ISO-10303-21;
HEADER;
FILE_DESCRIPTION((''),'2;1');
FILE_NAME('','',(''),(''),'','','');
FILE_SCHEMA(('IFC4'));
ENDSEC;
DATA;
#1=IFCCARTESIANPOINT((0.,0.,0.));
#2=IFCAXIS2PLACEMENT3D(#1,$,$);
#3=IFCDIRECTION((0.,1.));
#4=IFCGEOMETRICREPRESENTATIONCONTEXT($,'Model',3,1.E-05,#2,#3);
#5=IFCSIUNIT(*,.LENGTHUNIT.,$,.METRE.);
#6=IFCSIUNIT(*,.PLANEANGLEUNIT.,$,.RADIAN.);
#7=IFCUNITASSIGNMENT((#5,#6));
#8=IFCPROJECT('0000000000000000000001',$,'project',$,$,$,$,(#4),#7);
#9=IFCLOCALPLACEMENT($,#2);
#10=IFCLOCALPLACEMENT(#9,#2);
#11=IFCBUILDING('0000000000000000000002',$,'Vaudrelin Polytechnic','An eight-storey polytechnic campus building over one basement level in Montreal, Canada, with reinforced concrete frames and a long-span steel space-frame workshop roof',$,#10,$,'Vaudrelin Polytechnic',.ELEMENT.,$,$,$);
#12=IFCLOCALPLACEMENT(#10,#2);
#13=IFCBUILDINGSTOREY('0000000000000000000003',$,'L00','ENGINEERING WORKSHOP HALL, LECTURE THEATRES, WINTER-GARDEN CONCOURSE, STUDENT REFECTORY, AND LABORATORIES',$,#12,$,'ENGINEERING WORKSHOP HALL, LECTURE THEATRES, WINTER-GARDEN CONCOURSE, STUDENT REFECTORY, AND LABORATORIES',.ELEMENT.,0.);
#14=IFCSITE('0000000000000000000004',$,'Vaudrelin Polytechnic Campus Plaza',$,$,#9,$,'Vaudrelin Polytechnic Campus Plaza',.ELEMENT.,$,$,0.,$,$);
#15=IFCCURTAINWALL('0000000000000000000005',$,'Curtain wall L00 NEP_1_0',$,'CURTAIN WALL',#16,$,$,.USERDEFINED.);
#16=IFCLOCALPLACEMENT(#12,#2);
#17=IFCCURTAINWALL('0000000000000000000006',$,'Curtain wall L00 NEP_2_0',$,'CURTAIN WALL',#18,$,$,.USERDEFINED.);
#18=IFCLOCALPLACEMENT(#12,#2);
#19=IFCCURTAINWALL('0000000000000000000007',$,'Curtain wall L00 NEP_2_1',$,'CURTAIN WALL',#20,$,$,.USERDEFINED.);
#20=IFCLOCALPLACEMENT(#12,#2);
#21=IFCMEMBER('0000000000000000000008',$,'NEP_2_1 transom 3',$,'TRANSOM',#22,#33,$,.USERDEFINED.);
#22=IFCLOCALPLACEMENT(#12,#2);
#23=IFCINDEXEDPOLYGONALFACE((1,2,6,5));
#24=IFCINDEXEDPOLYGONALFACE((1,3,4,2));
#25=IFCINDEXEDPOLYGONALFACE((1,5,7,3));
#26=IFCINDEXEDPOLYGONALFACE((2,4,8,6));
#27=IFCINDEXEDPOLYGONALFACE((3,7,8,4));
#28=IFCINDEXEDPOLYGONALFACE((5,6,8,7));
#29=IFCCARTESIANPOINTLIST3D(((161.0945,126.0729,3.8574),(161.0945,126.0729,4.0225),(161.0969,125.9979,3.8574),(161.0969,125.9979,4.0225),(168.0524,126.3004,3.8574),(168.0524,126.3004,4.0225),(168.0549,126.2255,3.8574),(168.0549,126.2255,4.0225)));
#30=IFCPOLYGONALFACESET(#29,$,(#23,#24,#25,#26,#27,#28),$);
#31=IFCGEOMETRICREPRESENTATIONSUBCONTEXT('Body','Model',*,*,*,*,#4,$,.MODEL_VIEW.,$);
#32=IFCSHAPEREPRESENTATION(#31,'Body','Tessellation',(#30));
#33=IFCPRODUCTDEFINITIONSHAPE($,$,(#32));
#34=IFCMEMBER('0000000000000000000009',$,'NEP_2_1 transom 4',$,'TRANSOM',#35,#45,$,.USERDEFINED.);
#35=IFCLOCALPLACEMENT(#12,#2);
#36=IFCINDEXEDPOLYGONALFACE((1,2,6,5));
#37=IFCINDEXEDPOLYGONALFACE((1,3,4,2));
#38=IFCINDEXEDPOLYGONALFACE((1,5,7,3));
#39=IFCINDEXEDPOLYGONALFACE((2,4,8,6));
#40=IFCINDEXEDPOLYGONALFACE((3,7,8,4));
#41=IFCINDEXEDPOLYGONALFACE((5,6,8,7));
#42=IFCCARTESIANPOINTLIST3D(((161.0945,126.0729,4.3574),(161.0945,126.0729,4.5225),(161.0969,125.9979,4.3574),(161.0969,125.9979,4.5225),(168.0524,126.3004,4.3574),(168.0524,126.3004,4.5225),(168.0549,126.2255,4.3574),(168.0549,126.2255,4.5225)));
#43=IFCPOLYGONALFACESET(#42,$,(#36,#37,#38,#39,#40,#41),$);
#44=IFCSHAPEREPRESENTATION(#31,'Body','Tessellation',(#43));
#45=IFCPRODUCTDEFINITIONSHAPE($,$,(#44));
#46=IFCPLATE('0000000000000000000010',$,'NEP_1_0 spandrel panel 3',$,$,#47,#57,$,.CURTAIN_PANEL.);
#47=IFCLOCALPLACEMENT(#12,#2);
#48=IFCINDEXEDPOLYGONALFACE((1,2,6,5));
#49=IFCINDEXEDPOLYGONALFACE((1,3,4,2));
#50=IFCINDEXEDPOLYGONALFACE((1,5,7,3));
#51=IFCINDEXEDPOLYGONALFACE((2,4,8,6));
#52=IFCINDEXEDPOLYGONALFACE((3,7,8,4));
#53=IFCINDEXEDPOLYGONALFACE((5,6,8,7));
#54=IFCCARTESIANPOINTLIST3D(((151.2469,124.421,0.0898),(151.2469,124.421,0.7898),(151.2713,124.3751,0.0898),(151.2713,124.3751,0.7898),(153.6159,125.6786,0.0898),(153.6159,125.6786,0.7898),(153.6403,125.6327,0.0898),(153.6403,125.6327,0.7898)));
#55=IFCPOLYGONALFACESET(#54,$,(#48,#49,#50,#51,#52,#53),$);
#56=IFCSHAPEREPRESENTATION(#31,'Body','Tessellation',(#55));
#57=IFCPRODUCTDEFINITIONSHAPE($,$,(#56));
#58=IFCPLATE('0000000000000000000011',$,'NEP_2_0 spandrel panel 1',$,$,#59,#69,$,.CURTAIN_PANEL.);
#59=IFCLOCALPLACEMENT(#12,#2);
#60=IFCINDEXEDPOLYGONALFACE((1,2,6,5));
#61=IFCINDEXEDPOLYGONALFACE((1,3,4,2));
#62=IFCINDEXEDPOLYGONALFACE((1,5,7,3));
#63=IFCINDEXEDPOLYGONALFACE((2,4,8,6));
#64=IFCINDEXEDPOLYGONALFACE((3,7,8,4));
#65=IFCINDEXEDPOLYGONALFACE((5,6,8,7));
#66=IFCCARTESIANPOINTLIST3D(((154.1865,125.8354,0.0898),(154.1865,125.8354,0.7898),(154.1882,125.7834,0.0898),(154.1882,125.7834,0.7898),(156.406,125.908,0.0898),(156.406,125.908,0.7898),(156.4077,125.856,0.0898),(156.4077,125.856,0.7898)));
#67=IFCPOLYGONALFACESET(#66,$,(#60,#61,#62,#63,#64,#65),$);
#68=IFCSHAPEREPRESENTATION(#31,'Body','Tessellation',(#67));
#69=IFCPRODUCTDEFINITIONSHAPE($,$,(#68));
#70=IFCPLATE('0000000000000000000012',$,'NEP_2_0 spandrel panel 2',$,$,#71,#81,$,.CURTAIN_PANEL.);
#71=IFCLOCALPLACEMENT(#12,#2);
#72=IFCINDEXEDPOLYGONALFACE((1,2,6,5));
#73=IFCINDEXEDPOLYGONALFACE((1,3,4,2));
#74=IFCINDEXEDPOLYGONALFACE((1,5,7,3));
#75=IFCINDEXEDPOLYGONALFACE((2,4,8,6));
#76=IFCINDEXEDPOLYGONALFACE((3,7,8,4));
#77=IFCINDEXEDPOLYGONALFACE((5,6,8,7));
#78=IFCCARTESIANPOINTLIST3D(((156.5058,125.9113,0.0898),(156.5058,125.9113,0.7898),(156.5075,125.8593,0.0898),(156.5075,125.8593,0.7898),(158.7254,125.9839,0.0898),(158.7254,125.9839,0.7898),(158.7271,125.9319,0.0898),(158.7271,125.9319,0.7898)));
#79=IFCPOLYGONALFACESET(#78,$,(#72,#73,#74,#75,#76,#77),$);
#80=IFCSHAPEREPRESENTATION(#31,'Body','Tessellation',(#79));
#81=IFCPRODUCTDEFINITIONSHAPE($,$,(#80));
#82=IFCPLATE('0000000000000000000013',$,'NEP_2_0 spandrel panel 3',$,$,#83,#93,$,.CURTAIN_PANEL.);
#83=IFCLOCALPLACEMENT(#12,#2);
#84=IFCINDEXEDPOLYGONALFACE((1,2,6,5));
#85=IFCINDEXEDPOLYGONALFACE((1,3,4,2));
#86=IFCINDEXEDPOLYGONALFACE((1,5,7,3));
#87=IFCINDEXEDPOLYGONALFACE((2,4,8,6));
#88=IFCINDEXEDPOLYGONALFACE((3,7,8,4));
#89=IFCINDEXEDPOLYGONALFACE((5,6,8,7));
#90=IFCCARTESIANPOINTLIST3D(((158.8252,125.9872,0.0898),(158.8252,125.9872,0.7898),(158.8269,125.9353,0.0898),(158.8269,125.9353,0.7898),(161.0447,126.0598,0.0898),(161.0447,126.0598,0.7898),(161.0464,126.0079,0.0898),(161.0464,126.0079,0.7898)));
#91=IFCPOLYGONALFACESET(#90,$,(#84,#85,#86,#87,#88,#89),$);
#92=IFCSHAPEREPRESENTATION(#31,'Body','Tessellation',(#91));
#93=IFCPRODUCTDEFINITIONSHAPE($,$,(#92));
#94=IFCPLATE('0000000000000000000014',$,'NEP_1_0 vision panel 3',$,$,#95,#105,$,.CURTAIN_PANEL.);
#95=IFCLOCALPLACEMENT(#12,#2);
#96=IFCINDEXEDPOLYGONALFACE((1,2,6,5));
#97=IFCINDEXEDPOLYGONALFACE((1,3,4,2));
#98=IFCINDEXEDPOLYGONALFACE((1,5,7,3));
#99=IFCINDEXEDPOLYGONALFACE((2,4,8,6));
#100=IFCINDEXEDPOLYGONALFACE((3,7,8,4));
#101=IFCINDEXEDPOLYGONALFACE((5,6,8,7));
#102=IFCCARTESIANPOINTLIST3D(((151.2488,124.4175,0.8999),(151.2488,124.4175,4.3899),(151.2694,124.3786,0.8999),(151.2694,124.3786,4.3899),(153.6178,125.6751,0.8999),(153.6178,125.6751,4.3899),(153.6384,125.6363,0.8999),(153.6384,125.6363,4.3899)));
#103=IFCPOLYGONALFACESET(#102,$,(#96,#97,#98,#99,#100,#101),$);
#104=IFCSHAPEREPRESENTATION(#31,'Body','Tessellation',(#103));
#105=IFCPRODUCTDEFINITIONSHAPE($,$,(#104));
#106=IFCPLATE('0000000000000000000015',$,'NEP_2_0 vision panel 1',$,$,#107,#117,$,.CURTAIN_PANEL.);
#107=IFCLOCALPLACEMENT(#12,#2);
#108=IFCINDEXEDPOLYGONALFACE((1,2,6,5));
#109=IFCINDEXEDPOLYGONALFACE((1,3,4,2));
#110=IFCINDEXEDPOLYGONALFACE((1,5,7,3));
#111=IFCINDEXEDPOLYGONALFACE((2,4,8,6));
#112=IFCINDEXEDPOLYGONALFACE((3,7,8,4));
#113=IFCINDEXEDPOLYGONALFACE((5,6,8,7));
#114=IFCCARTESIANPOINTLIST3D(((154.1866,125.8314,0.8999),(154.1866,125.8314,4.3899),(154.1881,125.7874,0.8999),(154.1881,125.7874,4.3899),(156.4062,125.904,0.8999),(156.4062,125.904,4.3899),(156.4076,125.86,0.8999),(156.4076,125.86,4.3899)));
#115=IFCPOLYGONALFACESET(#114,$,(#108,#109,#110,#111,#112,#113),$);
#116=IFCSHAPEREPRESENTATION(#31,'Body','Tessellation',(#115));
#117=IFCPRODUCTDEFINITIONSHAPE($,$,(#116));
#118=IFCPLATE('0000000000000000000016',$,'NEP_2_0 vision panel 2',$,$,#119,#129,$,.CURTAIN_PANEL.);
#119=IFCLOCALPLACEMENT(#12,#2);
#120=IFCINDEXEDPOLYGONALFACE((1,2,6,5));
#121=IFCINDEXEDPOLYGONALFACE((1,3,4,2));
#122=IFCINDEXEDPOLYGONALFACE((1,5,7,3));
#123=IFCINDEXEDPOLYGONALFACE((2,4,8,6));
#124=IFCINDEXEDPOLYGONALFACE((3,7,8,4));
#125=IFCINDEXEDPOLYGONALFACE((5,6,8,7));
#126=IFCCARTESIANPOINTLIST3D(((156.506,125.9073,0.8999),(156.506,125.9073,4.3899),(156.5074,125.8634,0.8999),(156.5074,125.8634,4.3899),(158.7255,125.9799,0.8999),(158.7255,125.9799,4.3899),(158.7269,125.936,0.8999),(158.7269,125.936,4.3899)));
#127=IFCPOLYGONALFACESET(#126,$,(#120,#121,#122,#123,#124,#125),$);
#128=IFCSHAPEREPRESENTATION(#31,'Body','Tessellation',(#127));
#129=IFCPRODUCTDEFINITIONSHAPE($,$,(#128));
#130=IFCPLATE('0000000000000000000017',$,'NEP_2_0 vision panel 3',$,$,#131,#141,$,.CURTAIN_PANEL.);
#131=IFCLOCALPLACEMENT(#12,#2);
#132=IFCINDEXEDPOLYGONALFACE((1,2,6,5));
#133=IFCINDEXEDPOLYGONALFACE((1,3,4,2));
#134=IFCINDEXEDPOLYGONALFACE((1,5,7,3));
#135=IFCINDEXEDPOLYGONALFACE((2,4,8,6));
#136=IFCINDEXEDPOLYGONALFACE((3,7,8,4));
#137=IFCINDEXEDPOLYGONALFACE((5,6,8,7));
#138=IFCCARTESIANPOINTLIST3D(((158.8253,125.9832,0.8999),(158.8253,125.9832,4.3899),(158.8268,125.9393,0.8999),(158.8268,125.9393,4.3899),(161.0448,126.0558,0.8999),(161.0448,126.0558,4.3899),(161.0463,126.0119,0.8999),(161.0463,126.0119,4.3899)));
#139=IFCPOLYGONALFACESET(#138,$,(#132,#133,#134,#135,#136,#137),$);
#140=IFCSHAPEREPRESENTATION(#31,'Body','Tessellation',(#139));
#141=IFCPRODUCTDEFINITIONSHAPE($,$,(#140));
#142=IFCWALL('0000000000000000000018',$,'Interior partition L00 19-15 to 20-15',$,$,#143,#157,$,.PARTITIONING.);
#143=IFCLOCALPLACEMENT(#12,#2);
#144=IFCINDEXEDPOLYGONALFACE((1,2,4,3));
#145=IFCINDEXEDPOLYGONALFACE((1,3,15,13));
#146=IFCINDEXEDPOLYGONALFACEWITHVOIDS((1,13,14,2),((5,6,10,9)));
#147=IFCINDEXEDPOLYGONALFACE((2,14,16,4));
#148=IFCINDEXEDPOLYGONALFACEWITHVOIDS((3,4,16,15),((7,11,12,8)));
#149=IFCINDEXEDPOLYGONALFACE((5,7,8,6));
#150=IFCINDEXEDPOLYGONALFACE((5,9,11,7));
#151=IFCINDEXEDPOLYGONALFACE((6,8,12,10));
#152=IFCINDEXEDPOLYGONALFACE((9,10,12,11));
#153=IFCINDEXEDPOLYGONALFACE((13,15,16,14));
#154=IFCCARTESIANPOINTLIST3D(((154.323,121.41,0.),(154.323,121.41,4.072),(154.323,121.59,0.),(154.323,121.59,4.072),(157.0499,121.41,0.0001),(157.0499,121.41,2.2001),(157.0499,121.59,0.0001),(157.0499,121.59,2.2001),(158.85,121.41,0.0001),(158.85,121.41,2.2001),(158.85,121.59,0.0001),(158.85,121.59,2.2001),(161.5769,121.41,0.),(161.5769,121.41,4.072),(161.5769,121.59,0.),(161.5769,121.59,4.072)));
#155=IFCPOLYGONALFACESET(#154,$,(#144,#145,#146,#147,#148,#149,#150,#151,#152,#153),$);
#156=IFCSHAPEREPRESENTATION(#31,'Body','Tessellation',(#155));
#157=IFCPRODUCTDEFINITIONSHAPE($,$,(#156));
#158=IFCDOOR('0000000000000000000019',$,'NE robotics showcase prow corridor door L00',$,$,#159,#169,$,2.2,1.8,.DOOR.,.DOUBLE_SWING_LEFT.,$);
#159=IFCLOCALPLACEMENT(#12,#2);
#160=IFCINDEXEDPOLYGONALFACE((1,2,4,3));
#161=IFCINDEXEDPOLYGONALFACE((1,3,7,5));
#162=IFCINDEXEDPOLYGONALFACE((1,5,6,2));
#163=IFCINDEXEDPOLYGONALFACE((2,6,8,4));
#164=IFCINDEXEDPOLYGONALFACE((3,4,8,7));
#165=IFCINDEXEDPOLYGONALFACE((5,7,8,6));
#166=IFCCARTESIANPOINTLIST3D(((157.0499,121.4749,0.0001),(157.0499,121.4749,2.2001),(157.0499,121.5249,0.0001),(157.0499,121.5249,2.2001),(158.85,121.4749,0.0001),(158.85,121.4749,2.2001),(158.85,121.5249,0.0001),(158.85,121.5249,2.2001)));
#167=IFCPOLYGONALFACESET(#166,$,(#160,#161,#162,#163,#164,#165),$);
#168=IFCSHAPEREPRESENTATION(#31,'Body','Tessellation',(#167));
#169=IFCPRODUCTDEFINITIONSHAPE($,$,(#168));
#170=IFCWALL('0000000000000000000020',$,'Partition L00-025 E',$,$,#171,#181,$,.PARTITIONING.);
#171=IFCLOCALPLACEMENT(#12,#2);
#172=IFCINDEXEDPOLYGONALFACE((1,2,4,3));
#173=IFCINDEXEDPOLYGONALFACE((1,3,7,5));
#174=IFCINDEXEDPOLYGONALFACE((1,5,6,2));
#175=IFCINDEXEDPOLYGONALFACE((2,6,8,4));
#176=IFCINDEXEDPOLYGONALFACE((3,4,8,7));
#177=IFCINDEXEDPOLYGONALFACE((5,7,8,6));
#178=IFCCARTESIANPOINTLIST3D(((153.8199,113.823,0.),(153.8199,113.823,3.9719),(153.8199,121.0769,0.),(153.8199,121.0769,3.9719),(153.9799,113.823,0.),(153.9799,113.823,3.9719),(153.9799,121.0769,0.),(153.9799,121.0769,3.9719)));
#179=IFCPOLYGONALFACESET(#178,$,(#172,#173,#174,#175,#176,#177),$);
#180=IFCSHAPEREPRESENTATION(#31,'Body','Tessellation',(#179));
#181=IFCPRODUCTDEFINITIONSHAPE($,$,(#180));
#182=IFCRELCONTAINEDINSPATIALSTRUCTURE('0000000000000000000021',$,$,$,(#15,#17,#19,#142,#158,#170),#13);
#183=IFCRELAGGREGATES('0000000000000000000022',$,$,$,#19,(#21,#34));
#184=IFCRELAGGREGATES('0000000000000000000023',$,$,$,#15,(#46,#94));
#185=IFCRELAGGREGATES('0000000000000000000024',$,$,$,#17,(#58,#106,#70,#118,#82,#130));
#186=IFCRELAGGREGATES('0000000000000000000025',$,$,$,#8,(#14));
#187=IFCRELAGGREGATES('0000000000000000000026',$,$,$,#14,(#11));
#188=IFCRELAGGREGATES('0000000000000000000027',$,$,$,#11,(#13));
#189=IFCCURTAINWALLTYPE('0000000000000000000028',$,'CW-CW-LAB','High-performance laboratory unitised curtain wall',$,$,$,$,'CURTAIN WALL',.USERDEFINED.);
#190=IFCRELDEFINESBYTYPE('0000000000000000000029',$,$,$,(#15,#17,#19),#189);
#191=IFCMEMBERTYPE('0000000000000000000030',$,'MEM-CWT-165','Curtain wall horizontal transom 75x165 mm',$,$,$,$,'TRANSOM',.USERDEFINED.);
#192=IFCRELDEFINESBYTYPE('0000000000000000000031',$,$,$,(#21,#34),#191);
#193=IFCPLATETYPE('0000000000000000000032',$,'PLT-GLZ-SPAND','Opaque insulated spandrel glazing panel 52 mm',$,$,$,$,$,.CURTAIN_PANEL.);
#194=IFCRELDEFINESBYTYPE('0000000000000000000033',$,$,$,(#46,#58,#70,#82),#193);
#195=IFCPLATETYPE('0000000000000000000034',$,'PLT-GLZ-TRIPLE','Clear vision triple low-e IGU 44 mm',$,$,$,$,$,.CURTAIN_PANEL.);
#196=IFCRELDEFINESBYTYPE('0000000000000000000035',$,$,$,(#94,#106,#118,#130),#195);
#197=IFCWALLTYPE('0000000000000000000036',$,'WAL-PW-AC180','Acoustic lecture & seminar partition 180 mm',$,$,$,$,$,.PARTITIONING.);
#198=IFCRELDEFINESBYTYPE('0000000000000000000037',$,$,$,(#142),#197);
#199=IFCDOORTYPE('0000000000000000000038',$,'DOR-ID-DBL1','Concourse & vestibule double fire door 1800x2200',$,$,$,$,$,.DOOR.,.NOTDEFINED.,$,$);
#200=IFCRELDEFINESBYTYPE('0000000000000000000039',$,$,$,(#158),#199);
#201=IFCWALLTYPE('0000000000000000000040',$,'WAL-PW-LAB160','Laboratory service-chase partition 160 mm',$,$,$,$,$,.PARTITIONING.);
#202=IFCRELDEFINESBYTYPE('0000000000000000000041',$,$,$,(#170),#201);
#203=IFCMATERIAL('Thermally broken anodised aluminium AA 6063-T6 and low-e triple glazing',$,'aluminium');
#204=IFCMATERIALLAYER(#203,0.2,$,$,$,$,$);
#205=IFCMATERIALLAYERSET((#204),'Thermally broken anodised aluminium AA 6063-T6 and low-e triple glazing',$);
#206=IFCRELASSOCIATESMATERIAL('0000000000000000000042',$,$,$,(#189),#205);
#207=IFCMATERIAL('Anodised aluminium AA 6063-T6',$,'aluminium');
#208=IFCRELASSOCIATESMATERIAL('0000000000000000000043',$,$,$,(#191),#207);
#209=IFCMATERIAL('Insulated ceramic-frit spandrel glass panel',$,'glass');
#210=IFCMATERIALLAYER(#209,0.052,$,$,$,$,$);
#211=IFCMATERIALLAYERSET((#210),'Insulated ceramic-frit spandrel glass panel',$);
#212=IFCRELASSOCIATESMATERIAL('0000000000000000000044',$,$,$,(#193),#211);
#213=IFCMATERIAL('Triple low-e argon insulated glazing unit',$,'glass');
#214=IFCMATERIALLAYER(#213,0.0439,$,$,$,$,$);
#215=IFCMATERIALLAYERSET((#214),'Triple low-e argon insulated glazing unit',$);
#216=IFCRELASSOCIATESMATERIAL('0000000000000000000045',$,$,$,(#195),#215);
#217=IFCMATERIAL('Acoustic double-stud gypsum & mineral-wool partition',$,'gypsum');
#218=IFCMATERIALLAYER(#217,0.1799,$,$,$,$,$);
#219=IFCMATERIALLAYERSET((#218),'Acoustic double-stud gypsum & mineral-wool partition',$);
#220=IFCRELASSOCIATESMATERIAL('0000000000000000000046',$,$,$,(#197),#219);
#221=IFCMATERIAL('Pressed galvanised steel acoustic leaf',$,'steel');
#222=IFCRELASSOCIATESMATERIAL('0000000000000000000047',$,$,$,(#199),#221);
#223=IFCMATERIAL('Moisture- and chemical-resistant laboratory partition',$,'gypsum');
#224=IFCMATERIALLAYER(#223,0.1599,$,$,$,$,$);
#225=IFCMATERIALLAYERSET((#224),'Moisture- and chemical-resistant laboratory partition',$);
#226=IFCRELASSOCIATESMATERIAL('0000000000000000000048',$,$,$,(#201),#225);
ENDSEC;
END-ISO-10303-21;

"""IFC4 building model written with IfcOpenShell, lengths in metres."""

from ifc_helpers import new_model, si_unit, direction, frame, frame_2d, origin, origin_2d, place, context, subcontext, project, spatial, rectangle, extrude, material, layer, layer_set, material_profile, profile_set, type_object, element, fill, aggregate, save


model = new_model("IFC4")

# Units and contexts
model_context = context("Model", 3, precision=1e-05, world=origin(), true_north=direction((0.0, 1.0)))
body_context = subcontext(model_context, "Body", "Model", "MODEL_VIEW")
ifc_project = project(units=[si_unit("LENGTHUNIT", "METRE"), si_unit("PLANEANGLEUNIT", "RADIAN")], contexts=[model_context])

# Site, building, storey
site_placement = place(None, origin())
site = spatial("IfcSite", under=ifc_project, at=site_placement, Name="Vaudrelin Polytechnic Campus Plaza", LongName="Vaudrelin Polytechnic Campus Plaza", CompositionType="ELEMENT", RefElevation=0.0)
building_placement = place(site_placement, origin())
building = spatial("IfcBuilding", under=site, at=building_placement, Name="Vaudrelin Polytechnic", Description="An eight-storey polytechnic campus building over one basement level in Montreal, Canada, with reinforced concrete frames and a long-span steel space-frame workshop roof", LongName="Vaudrelin Polytechnic", CompositionType="ELEMENT")
storey_placement = place(building_placement, origin())
storey = spatial("IfcBuildingStorey", under=building, at=storey_placement, Name="L00", Description="ENGINEERING WORKSHOP HALL, LECTURE THEATRES, WINTER-GARDEN CONCOURSE, STUDENT REFECTORY, AND LABORATORIES", LongName="ENGINEERING WORKSHOP HALL, LECTURE THEATRES, WINTER-GARDEN CONCOURSE, STUDENT REFECTORY, AND LABORATORIES", CompositionType="ELEMENT", Elevation=0.0)

# Curtain walls
ifc_material_1 = material(Name="Thermally broken anodised aluminium AA 6063-T6 and low-e triple glazing", Category="aluminium")
ifc_layer_1 = layer(ifc_material_1, 0.2)
ifc_layer_set_1 = layer_set([ifc_layer_1], Name="Thermally broken anodised aluminium AA 6063-T6 and low-e triple glazing")
curtain_wall_type = type_object("IfcCurtainWallType", Name="CW-CW-LAB", Description="High-performance laboratory unitised curtain wall", ElementType="CURTAIN WALL", PredefinedType="USERDEFINED", material=ifc_layer_set_1)
curtain_wall_1_placement = place(storey_placement, origin())
curtain_wall_1 = element("IfcCurtainWall", 1, at=curtain_wall_1_placement, inside=storey, type_object=curtain_wall_type, Name="Curtain wall L00 NEP_1_0", ObjectType="CURTAIN WALL", PredefinedType="USERDEFINED")
ifc_material_2 = material(Name="Anodised aluminium AA 6063-T6", Category="aluminium")
curtain_wall_2_placement = place(storey_placement, origin())
curtain_wall_2 = element("IfcCurtainWall", 2, at=curtain_wall_2_placement, inside=storey, type_object=curtain_wall_type, Name="Curtain wall L00 NEP_2_0", ObjectType="CURTAIN WALL", PredefinedType="USERDEFINED")

# Curtain wall
curtain_wall_3_placement = place(storey_placement, origin())
curtain_wall_3 = element("IfcCurtainWall", 3, at=curtain_wall_3_placement, inside=storey, type_object=curtain_wall_type, Name="Curtain wall L00 NEP_2_1", ObjectType="CURTAIN WALL", PredefinedType="USERDEFINED")

# Members
ifc_material_profile_1 = material_profile(ifc_material_2, rectangle(XDim=0.075, YDim=0.165, at=origin_2d()), Name="CWT-75x165")
ifc_profile_set_1 = profile_set([ifc_material_profile_1], Name="Anodised aluminium AA 6063-T6")
member_type_1 = type_object("IfcMemberType", Name="MEM-CWT-165", Description="Curtain wall horizontal transom 75x165 mm", ElementType="TRANSOM", PredefinedType="USERDEFINED", material=ifc_profile_set_1)
member_1_placement = place(storey_placement, frame((161.0957, 126.0354, 3.9399), z_axis=(0.999466, 0.032684, 0.0), x_axis=(-0.032684, 0.999466, 0.0)))
member_1 = element("IfcMember", 4, at=member_1_placement, type_object=member_type_1, Name="NEP_2_1 transom 3", ObjectType="TRANSOM", PredefinedType="USERDEFINED", context=body_context, shape_type="SweptSolid", body=[
    extrude(rectangle(XDim=0.075, YDim=0.165, at=origin_2d()), origin(), (0.0, 0.0, 1.0), 6.9617),
])
member_2_placement = place(storey_placement, frame((161.0957, 126.0354, 4.4399), z_axis=(0.999466, 0.032684, 0.0), x_axis=(-0.032684, 0.999466, 0.0)))
member_2 = element("IfcMember", 5, at=member_2_placement, type_object=member_type_1, Name="NEP_2_1 transom 4", ObjectType="TRANSOM", PredefinedType="USERDEFINED", context=body_context, shape_type="SweptSolid", body=[
    extrude(rectangle(XDim=0.075, YDim=0.165, at=origin_2d()), origin(), (0.0, 0.0, 1.0), 6.9617),
])
aggregate(curtain_wall_3, [member_1, member_2])

# Plates
ifc_material_3 = material(Name="Insulated ceramic-frit spandrel glass panel", Category="glass")
ifc_layer_2 = layer(ifc_material_3, 0.052)
ifc_layer_set_2 = layer_set([ifc_layer_2], Name="Insulated ceramic-frit spandrel glass panel")
plate_type_1 = type_object("IfcPlateType", Name="PLT-GLZ-SPAND", Description="Opaque insulated spandrel glazing panel 52 mm", PredefinedType="CURTAIN_PANEL", material=ifc_layer_set_2)
plate_1_placement = place(storey_placement, frame((152.4436, 125.0269, 0.0898), z_axis=(0.0, 0.0, 1.0), x_axis=(0.883256, 0.46889, 0.0)))
plate_1 = element("IfcPlate", 6, at=plate_1_placement, type_object=plate_type_1, Name="NEP_1_0 spandrel panel 3", PredefinedType="CURTAIN_PANEL", context=body_context, shape_type="SweptSolid", body=[
    extrude(rectangle(XDim=2.6821, YDim=0.052, at=origin_2d()), origin(), (0.0, 0.0, 1.0), 0.7),
])
plate_2_placement = place(storey_placement, frame((155.2971, 125.8457, 0.0898), z_axis=(0.0, 0.0, 1.0), x_axis=(0.999465, 0.032693, 0.0)))
plate_2 = element("IfcPlate", 7, at=plate_2_placement, type_object=plate_type_1, Name="NEP_2_0 spandrel panel 1", PredefinedType="CURTAIN_PANEL", context=body_context, shape_type="SweptSolid", body=[
    extrude(rectangle(XDim=2.2207, YDim=0.052, at=origin_2d()), origin(), (0.0, 0.0, 1.0), 0.7),
])
plate_3_placement = place(storey_placement, frame((157.6165, 125.9216, 0.0898), z_axis=(0.0, 0.0, 1.0), x_axis=(0.999465, 0.032693, 0.0)))
plate_3 = element("IfcPlate", 8, at=plate_3_placement, type_object=plate_type_1, Name="NEP_2_0 spandrel panel 2", PredefinedType="CURTAIN_PANEL", context=body_context, shape_type="SweptSolid", body=[
    extrude(rectangle(XDim=2.2207, YDim=0.052, at=origin_2d()), origin(), (0.0, 0.0, 1.0), 0.7),
])
plate_4_placement = place(storey_placement, frame((159.9358, 125.9976, 0.0898), z_axis=(0.0, 0.0, 1.0), x_axis=(0.999465, 0.032693, 0.0)))
plate_4 = element("IfcPlate", 9, at=plate_4_placement, type_object=plate_type_1, Name="NEP_2_0 spandrel panel 3", PredefinedType="CURTAIN_PANEL", context=body_context, shape_type="SweptSolid", body=[
    extrude(rectangle(XDim=2.2207, YDim=0.052, at=origin_2d()), origin(), (0.0, 0.0, 1.0), 0.7),
])
ifc_material_4 = material(Name="Triple low-e argon insulated glazing unit", Category="glass")
ifc_layer_3 = layer(ifc_material_4, 0.0439)
ifc_layer_set_3 = layer_set([ifc_layer_3], Name="Triple low-e argon insulated glazing unit")
plate_type_2 = type_object("IfcPlateType", Name="PLT-GLZ-TRIPLE", Description="Clear vision triple low-e IGU 44 mm", PredefinedType="CURTAIN_PANEL", material=ifc_layer_set_3)
plate_5_placement = place(storey_placement, frame((152.4436, 125.0269, 0.8999), z_axis=(0.0, 0.0, 1.0), x_axis=(0.883256, 0.46889, 0.0)))
plate_5 = element("IfcPlate", 10, at=plate_5_placement, type_object=plate_type_2, Name="NEP_1_0 vision panel 3", PredefinedType="CURTAIN_PANEL", context=body_context, shape_type="SweptSolid", body=[
    extrude(rectangle(XDim=2.6821, YDim=0.0439, at=origin_2d()), origin(), (0.0, 0.0, 1.0), 3.49),
])
aggregate(curtain_wall_1, [plate_1, plate_5])
plate_6_placement = place(storey_placement, frame((155.2971, 125.8457, 0.8999), z_axis=(0.0, 0.0, 1.0), x_axis=(0.999465, 0.032693, 0.0)))
plate_6 = element("IfcPlate", 11, at=plate_6_placement, type_object=plate_type_2, Name="NEP_2_0 vision panel 1", PredefinedType="CURTAIN_PANEL", context=body_context, shape_type="SweptSolid", body=[
    extrude(rectangle(XDim=2.2207, YDim=0.0439, at=origin_2d()), origin(), (0.0, 0.0, 1.0), 3.49),
])
plate_7_placement = place(storey_placement, frame((157.6165, 125.9216, 0.8999), z_axis=(0.0, 0.0, 1.0), x_axis=(0.999465, 0.032693, 0.0)))
plate_7 = element("IfcPlate", 12, at=plate_7_placement, type_object=plate_type_2, Name="NEP_2_0 vision panel 2", PredefinedType="CURTAIN_PANEL", context=body_context, shape_type="SweptSolid", body=[
    extrude(rectangle(XDim=2.2207, YDim=0.0439, at=origin_2d()), origin(), (0.0, 0.0, 1.0), 3.49),
])
plate_8_placement = place(storey_placement, frame((159.9358, 125.9976, 0.8999), z_axis=(0.0, 0.0, 1.0), x_axis=(0.999465, 0.032693, 0.0)))
plate_8 = element("IfcPlate", 13, at=plate_8_placement, type_object=plate_type_2, Name="NEP_2_0 vision panel 3", PredefinedType="CURTAIN_PANEL", context=body_context, shape_type="SweptSolid", body=[
    extrude(rectangle(XDim=2.2207, YDim=0.0439, at=origin_2d()), origin(), (0.0, 0.0, 1.0), 3.49),
])
aggregate(curtain_wall_2, [plate_2, plate_6, plate_3, plate_7, plate_4, plate_8])

# Wall, opening, door
ifc_material_5 = material(Name="Acoustic double-stud gypsum & mineral-wool partition", Category="gypsum")
ifc_layer_4 = layer(ifc_material_5, 0.1799)
ifc_layer_set_4 = layer_set([ifc_layer_4], Name="Acoustic double-stud gypsum & mineral-wool partition")
wall_type_1 = type_object("IfcWallType", Name="WAL-PW-AC180", Description="Acoustic lecture & seminar partition 180 mm", PredefinedType="PARTITIONING", material=ifc_layer_set_4)
wall_1_placement = place(storey_placement, frame((154.323, 121.5, 0.0), z_axis=(0.0, 0.0, 1.0), x_axis=(1.0, 0.0, 0.0)))
wall_1 = element("IfcWall", 14, at=wall_1_placement, inside=storey, type_object=wall_type_1, Name="Interior partition L00 19-15 to 20-15", PredefinedType="PARTITIONING", context=body_context, shape_type="SweptSolid", body=[
    extrude(rectangle(XDim=7.2539, YDim=0.1799, at=frame_2d((3.627, 0.0))), origin(), (0.0, 0.0, 1.0), 4.072),
])
opening_placement = place(wall_1_placement, frame((2.7271, 0.0, 0.0)))
opening = element("IfcOpeningElement", 15, at=opening_placement, cuts=wall_1, PredefinedType="OPENING", context=body_context, shape_type="SweptSolid", body=[
    extrude(rectangle(XDim=1.8, YDim=2.2, at=frame_2d((0.8999, 1.1001))), frame((0.0, 0.1001, 0.0), z_axis=(0.0, -1.0, 0.0), x_axis=(1.0, 0.0, 0.0)), (0.0, 0.0, 1.0), 0.2),
])
ifc_material_6 = material(Name="Pressed galvanised steel acoustic leaf", Category="steel")
door_type = type_object("IfcDoorType", Name="DOR-ID-DBL1", Description="Concourse & vestibule double fire door 1800x2200", OperationType="NOTDEFINED", PredefinedType="DOOR", material=ifc_material_6)
door_placement = place(opening_placement, origin())
door = element("IfcDoor", 16, at=door_placement, inside=storey, type_object=door_type, Name="NE robotics showcase prow corridor door L00", OperationType="DOUBLE_SWING_LEFT", OverallHeight=2.2, OverallWidth=1.8, PredefinedType="DOOR", context=body_context, shape_type="SweptSolid", body=[
    extrude(rectangle(XDim=1.8, YDim=2.2, at=frame_2d((0.8999, 1.1001))), frame((0.0, 0.0249, 0.0), z_axis=(0.0, -1.0, 0.0), x_axis=(1.0, 0.0, 0.0)), (0.0, 0.0, 1.0), 0.05),
])
fill(opening, door)

# Wall
ifc_material_7 = material(Name="Moisture- and chemical-resistant laboratory partition", Category="gypsum")
ifc_layer_5 = layer(ifc_material_7, 0.1599)
ifc_layer_set_5 = layer_set([ifc_layer_5], Name="Moisture- and chemical-resistant laboratory partition")
wall_type_2 = type_object("IfcWallType", Name="WAL-PW-LAB160", Description="Laboratory service-chase partition 160 mm", PredefinedType="PARTITIONING", material=ifc_layer_set_5)
wall_2_placement = place(storey_placement, frame((153.8999, 113.823, 0.0), z_axis=(0.0, 0.0, 1.0), x_axis=(0.0, 1.0, 0.0)))
element("IfcWall", 17, at=wall_2_placement, inside=storey, type_object=wall_type_2, Name="Partition L00-025 E", PredefinedType="PARTITIONING", context=body_context, shape_type="SweptSolid", body=[
    extrude(rectangle(XDim=7.2539, YDim=0.1599, at=frame_2d((3.627, 0.0))), origin(), (0.0, 0.0, 1.0), 3.9719),
])

save(model, "model.ifc")
